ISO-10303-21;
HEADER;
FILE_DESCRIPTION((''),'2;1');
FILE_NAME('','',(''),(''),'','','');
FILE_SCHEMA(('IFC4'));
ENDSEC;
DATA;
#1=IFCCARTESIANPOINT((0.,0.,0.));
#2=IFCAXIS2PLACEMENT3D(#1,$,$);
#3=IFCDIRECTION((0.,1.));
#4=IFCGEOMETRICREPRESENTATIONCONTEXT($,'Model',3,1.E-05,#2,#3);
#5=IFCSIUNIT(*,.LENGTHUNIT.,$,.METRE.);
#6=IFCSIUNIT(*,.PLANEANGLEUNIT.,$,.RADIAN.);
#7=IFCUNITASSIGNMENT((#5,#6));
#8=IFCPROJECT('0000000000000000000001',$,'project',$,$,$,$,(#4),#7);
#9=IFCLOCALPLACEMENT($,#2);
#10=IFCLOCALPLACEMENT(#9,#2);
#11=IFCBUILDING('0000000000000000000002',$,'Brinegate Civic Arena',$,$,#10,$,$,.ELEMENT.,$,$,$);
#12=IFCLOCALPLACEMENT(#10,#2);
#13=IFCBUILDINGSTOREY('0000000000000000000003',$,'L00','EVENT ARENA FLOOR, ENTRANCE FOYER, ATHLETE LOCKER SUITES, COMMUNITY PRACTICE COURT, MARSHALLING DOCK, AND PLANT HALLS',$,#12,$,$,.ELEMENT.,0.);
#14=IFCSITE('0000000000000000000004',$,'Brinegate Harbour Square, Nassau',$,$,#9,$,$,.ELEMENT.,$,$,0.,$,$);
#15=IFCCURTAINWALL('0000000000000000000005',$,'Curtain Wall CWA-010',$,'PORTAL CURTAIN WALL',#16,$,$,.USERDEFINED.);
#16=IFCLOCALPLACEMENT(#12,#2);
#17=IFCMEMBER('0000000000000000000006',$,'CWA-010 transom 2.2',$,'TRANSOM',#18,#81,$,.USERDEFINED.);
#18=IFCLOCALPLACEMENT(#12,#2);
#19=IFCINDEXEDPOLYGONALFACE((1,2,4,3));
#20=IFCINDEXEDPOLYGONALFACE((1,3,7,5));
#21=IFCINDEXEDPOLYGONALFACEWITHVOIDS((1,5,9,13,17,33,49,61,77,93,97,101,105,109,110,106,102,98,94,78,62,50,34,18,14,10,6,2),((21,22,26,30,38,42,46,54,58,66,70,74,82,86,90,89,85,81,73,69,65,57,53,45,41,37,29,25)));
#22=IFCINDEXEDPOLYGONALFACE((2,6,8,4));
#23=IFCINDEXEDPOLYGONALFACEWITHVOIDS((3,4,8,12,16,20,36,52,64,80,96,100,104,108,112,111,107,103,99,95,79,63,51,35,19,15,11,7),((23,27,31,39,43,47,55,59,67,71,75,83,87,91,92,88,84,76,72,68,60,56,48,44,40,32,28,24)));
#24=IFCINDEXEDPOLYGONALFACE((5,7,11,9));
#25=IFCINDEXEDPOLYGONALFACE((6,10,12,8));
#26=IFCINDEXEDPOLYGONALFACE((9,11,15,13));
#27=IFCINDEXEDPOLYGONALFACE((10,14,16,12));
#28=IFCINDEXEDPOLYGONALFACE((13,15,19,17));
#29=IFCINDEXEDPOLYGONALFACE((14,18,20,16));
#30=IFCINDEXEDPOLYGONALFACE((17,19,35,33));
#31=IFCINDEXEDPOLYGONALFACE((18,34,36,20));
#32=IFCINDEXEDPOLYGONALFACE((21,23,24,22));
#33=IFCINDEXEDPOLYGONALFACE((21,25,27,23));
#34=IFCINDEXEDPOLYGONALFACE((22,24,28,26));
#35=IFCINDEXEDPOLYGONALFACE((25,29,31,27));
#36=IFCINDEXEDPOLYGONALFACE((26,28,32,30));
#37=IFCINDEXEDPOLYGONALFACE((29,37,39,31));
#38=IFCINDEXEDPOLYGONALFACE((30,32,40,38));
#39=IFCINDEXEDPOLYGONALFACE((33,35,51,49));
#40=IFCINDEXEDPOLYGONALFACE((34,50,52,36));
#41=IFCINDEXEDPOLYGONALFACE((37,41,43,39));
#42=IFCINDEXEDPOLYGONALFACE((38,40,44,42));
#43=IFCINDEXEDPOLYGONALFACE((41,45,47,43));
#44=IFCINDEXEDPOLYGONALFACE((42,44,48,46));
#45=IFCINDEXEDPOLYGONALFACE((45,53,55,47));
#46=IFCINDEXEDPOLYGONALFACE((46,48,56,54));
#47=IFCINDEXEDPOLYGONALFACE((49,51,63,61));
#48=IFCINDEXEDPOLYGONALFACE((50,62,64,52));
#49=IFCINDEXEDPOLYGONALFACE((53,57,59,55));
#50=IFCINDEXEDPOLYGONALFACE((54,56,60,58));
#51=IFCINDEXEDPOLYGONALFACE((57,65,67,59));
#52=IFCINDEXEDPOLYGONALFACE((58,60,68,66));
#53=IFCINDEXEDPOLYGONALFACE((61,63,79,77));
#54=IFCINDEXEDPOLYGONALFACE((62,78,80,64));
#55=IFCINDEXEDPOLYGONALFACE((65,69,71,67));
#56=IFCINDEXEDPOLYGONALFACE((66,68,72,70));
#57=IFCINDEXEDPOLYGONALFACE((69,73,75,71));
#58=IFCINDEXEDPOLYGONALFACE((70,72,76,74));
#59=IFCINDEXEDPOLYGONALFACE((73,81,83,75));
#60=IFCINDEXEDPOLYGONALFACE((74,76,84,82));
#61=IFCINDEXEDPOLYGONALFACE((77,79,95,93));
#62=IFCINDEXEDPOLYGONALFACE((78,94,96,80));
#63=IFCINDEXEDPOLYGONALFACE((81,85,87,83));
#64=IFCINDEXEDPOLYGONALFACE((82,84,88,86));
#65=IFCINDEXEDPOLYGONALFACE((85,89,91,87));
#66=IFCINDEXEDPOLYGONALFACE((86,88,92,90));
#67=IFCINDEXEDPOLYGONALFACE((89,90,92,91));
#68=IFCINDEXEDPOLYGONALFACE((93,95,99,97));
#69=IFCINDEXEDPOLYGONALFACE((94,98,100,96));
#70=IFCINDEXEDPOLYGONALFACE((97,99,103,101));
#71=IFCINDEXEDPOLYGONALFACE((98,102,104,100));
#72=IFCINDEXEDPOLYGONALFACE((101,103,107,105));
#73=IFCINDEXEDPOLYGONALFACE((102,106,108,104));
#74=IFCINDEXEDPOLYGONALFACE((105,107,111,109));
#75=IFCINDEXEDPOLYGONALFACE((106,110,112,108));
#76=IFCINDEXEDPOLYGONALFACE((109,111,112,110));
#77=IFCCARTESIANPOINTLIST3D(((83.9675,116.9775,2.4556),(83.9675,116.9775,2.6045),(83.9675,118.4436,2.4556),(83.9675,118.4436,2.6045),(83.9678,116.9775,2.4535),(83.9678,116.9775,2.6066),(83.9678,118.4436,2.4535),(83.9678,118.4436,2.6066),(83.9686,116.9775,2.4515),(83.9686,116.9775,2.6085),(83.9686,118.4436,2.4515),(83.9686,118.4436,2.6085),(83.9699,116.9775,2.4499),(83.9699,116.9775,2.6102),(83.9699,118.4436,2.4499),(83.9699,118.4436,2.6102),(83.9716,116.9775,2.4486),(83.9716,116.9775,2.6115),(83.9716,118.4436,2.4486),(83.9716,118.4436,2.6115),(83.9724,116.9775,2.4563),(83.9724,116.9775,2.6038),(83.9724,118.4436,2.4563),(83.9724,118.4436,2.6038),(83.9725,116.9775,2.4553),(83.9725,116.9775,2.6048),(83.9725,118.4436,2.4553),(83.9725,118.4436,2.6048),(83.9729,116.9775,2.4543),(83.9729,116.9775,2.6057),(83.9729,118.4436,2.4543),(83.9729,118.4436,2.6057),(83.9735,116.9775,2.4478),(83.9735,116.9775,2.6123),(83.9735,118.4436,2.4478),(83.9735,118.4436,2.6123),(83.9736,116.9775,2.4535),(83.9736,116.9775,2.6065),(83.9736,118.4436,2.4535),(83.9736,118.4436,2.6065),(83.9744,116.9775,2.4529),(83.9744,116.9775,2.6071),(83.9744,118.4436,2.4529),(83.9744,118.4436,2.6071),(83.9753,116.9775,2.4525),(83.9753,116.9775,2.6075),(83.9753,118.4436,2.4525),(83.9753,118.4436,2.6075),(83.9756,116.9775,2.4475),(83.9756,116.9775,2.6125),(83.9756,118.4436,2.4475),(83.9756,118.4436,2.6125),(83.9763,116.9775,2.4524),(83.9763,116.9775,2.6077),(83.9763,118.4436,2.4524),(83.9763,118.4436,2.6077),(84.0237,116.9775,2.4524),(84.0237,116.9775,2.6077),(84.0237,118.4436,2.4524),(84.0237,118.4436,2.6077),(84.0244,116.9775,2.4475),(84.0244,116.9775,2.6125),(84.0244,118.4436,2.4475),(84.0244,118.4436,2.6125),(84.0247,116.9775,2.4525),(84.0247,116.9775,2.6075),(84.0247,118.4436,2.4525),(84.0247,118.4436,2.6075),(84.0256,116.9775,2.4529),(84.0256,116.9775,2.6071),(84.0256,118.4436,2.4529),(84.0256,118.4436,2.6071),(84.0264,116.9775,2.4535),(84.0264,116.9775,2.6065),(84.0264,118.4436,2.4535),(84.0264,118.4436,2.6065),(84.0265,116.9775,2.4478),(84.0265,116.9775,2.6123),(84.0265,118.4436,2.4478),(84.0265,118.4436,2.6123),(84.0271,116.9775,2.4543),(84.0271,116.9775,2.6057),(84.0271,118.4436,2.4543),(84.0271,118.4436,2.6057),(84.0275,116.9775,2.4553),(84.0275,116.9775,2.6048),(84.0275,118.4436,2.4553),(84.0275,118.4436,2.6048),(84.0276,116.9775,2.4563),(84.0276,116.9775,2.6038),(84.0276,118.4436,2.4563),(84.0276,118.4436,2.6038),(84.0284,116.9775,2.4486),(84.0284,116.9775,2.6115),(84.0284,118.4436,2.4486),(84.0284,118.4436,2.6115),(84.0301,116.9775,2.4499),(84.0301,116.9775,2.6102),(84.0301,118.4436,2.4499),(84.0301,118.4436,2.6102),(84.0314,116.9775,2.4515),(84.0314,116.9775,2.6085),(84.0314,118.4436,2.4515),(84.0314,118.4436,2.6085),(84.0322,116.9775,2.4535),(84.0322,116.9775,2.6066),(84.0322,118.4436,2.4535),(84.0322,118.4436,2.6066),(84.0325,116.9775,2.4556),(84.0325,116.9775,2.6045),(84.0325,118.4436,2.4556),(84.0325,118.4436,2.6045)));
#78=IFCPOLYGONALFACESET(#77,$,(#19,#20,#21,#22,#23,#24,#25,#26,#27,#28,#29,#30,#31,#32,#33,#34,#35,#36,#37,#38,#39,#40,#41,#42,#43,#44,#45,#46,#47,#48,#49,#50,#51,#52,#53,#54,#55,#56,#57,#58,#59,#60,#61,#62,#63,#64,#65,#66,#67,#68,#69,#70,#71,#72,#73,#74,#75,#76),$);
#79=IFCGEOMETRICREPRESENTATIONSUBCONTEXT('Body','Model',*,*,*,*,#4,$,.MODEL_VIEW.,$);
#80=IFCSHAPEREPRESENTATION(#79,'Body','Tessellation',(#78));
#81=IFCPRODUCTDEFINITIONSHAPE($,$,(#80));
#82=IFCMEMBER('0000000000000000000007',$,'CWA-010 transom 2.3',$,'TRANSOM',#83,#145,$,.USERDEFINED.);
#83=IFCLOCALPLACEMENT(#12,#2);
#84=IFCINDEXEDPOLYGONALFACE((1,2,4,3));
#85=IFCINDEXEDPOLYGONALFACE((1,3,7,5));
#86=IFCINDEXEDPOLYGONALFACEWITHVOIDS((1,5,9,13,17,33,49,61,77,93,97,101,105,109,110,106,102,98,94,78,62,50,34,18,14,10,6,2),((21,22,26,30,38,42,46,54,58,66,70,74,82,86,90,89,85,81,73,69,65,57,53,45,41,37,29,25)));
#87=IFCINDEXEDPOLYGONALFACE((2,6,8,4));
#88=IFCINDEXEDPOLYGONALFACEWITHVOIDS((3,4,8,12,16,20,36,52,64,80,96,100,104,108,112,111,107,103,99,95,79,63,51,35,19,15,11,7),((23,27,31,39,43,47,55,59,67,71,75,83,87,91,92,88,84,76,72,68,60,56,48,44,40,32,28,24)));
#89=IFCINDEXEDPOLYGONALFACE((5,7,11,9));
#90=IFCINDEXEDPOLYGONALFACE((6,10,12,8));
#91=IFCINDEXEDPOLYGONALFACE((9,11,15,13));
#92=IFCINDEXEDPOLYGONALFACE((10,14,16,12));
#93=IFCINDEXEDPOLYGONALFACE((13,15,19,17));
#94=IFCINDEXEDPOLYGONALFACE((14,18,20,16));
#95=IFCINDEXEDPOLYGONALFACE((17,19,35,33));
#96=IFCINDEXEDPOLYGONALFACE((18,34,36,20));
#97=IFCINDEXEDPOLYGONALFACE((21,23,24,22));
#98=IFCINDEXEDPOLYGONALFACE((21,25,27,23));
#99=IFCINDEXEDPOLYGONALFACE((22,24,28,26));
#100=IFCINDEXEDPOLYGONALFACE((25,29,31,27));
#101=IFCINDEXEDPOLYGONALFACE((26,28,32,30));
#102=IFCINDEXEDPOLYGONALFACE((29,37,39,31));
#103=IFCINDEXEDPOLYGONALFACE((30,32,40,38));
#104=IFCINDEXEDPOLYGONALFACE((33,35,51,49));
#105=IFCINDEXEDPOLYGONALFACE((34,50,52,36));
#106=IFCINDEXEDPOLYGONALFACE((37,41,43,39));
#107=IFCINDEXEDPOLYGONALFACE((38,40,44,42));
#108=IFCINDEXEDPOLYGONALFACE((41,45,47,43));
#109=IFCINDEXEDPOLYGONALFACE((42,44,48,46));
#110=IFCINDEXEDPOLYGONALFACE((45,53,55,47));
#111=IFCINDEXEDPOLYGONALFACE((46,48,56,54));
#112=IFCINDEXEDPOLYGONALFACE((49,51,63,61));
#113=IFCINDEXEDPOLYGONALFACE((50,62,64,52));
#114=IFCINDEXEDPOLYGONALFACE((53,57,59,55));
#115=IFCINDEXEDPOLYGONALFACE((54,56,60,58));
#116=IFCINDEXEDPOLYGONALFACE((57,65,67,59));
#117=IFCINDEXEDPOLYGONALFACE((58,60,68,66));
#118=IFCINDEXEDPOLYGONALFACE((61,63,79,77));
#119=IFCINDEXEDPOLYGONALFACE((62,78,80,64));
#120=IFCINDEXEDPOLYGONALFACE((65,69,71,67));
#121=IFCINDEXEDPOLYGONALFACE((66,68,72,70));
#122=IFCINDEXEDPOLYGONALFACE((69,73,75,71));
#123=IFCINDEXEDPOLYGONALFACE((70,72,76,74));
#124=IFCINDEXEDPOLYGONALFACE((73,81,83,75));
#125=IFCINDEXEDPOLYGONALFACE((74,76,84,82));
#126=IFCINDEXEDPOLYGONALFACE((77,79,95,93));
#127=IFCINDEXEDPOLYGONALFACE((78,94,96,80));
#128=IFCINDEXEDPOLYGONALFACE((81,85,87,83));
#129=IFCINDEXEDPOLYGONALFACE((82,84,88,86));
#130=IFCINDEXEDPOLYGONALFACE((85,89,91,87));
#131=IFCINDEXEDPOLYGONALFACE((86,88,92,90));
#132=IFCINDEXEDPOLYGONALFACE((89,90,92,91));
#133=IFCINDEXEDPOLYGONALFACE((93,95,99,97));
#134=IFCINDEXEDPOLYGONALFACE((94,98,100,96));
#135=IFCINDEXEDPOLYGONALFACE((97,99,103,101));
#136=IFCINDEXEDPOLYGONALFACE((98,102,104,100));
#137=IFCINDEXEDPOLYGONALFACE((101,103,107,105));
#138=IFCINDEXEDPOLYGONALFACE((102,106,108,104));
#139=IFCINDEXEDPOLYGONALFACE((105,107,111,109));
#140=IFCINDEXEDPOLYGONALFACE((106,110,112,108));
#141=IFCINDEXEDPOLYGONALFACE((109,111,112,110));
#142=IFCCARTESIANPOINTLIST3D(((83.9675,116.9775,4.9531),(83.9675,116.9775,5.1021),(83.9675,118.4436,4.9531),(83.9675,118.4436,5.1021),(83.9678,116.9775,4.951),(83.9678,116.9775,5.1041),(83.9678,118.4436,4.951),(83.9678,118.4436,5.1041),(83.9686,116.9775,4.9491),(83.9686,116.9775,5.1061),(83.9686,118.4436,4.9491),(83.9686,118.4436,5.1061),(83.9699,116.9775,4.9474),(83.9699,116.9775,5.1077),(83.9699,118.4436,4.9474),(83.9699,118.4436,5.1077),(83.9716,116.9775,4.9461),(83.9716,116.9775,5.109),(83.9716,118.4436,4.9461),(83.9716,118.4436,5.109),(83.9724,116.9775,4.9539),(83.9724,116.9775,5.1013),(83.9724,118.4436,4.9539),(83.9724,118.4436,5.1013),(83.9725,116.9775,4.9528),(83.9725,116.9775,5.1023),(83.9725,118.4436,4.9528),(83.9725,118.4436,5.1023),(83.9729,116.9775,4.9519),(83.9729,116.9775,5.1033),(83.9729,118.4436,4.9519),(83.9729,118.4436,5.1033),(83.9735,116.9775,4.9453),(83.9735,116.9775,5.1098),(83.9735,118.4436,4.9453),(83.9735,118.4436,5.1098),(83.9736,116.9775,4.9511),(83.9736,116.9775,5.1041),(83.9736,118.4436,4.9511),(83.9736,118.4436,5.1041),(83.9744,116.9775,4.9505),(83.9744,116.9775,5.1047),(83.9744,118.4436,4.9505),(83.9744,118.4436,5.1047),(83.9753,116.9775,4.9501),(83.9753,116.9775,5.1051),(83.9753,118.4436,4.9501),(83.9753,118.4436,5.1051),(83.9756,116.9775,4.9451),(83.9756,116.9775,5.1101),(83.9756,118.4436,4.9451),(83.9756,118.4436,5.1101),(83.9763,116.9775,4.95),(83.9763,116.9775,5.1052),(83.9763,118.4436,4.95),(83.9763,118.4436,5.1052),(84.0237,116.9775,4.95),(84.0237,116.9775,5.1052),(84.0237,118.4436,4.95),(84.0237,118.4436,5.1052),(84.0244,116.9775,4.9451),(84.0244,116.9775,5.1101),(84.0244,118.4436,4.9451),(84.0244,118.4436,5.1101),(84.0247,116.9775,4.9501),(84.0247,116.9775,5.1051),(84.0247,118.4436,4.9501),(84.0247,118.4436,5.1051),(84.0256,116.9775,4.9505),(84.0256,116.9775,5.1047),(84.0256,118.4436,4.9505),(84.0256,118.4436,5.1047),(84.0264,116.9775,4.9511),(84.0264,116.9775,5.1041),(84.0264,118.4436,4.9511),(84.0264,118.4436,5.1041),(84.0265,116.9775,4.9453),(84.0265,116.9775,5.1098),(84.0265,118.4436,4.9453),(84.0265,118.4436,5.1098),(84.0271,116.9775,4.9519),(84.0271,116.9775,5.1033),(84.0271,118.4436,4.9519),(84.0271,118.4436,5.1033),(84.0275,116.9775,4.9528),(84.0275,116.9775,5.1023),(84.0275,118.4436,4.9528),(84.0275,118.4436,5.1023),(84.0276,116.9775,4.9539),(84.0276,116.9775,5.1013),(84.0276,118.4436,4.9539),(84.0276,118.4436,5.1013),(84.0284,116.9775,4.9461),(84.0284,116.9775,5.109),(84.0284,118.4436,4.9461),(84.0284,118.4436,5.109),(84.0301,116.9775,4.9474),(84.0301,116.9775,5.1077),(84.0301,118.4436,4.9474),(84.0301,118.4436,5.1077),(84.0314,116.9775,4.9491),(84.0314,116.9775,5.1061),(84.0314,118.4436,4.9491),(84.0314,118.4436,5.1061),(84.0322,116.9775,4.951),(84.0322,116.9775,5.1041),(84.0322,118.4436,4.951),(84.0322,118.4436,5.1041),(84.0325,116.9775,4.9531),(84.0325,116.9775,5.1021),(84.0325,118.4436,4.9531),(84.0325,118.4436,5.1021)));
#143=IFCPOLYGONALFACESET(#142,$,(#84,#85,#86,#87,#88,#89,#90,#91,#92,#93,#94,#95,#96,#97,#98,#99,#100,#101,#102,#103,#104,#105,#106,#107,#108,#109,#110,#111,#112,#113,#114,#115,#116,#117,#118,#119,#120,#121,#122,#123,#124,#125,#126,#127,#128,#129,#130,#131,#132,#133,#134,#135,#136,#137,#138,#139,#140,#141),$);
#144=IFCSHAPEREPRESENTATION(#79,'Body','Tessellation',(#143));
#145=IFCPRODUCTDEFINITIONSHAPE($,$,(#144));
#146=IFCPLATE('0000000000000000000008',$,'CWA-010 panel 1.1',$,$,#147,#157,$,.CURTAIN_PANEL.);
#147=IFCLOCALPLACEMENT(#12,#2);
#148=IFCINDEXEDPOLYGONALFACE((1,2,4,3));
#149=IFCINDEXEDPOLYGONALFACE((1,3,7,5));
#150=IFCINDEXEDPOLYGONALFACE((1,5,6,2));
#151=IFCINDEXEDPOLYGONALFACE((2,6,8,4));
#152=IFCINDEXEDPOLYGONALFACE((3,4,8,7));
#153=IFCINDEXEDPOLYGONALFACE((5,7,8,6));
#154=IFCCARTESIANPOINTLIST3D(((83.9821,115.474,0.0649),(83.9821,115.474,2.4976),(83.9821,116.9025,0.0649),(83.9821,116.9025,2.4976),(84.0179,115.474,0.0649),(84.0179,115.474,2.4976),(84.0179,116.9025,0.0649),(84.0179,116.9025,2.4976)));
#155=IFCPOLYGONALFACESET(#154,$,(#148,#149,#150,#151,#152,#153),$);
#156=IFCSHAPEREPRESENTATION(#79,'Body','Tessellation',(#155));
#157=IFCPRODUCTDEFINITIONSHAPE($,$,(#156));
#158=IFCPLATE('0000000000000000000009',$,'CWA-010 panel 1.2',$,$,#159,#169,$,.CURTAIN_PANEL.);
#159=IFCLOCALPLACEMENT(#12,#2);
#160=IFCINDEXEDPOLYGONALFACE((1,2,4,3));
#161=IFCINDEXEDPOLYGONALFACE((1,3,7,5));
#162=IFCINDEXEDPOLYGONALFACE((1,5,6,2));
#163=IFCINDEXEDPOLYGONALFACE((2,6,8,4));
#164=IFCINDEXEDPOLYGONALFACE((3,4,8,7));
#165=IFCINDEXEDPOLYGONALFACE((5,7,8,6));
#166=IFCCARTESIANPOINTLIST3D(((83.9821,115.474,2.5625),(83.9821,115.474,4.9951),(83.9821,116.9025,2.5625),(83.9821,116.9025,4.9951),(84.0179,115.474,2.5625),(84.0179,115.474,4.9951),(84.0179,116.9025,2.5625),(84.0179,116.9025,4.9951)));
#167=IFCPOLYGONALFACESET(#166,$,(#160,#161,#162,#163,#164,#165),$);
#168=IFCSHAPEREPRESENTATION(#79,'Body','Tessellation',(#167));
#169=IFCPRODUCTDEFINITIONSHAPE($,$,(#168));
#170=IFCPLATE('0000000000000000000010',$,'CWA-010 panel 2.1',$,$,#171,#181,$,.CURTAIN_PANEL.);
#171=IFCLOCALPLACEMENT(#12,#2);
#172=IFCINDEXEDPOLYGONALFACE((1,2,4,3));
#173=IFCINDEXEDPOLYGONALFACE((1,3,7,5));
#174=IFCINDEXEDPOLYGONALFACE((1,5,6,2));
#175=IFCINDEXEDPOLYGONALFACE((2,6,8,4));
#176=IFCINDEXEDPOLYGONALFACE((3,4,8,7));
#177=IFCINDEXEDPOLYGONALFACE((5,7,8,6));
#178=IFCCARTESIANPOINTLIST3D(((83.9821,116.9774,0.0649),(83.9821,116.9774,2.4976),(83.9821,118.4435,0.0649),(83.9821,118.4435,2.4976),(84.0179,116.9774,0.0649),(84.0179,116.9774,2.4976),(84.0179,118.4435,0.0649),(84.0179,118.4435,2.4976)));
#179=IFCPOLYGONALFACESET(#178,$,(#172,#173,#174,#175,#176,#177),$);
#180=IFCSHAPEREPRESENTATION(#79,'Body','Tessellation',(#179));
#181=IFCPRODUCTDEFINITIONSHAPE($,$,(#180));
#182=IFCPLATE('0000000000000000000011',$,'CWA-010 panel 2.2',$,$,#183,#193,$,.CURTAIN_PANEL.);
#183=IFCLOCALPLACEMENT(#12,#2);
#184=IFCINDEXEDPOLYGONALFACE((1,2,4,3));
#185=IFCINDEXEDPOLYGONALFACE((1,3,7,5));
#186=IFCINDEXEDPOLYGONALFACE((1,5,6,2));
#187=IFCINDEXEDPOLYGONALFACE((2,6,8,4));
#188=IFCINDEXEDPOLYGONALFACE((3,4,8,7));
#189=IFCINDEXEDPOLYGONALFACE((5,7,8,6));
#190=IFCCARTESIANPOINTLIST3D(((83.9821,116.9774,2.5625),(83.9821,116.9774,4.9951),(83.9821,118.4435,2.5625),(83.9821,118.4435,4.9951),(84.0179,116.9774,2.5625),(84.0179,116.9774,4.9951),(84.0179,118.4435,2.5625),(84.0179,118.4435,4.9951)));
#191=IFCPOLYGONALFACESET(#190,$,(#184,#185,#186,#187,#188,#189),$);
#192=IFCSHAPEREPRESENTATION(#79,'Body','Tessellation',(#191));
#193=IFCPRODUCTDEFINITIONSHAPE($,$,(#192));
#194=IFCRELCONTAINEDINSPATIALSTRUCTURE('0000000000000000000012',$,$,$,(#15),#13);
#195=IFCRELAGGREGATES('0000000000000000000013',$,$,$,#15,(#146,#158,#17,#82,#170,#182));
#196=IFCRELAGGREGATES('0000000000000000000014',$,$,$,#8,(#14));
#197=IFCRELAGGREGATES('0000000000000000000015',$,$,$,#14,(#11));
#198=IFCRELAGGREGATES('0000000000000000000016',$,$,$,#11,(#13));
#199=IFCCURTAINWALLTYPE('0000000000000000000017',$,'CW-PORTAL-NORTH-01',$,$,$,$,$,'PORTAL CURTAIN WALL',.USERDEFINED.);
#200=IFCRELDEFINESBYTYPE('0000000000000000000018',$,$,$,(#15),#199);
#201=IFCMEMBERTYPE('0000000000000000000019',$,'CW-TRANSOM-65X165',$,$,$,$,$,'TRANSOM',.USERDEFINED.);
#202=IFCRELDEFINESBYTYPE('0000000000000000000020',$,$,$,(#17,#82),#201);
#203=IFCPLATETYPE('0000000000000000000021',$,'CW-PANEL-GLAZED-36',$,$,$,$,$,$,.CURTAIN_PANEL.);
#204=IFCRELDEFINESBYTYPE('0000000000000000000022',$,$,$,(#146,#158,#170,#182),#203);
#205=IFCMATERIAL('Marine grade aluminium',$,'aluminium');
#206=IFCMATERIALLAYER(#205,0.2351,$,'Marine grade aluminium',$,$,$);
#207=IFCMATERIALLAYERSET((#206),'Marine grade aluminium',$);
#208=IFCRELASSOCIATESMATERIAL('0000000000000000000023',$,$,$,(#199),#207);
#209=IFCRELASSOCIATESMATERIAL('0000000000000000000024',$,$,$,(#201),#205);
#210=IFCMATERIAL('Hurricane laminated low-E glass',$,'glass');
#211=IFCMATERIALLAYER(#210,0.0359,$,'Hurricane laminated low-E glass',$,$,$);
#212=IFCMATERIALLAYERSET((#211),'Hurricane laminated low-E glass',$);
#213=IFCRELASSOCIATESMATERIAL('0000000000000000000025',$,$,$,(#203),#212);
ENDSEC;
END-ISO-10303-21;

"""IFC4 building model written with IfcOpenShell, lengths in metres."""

from ifc_helpers import new_model, si_unit, direction, frame, origin, origin_2d, place, context, subcontext, project, spatial, rectangle, hollow_rectangle, extrude, material, layer, layer_set, material_profile, profile_set, type_object, element, aggregate, save


model = new_model("IFC4")

# Units and contexts
model_context = context("Model", 3, precision=1e-05, world=origin(), true_north=direction((0.0, 1.0)))
body_context = subcontext(model_context, "Body", "Model", "MODEL_VIEW")
ifc_project = project(units=[si_unit("LENGTHUNIT", "METRE"), si_unit("PLANEANGLEUNIT", "RADIAN")], contexts=[model_context])

# Site, building, storey
site_placement = place(None, origin())
site = spatial("IfcSite", under=ifc_project, at=site_placement, Name="Brinegate Harbour Square, Nassau", CompositionType="ELEMENT", RefElevation=0.0)
building_placement = place(site_placement, origin())
building = spatial("IfcBuilding", under=site, at=building_placement, Name="Brinegate Civic Arena", CompositionType="ELEMENT")
storey_placement = place(building_placement, origin())
storey = spatial("IfcBuildingStorey", under=building, at=storey_placement, Name="L00", Description="EVENT ARENA FLOOR, ENTRANCE FOYER, ATHLETE LOCKER SUITES, COMMUNITY PRACTICE COURT, MARSHALLING DOCK, AND PLANT HALLS", CompositionType="ELEMENT", Elevation=0.0)

# Curtain wall, members, plates
ifc_material_1 = material(Name="Marine grade aluminium", Category="aluminium")
ifc_layer_1 = layer(ifc_material_1, 0.2351, Name="Marine grade aluminium")
ifc_layer_set_1 = layer_set([ifc_layer_1], Name="Marine grade aluminium")
curtain_wall_type = type_object("IfcCurtainWallType", Name="CW-PORTAL-NORTH-01", ElementType="PORTAL CURTAIN WALL", PredefinedType="USERDEFINED", material=ifc_layer_set_1)
curtain_wall_placement = place(storey_placement, origin())
curtain_wall = element("IfcCurtainWall", 1, at=curtain_wall_placement, inside=storey, type_object=curtain_wall_type, Name="Curtain Wall CWA-010", ObjectType="PORTAL CURTAIN WALL", PredefinedType="USERDEFINED")
ifc_material_profile_1 = material_profile(ifc_material_1, hollow_rectangle(XDim=0.0649, YDim=0.165, WallThickness=0.0049, InnerFilletRadius=0.0039, OuterFilletRadius=0.0081, at=origin_2d()), Name="TRN65X165")
ifc_profile_set_1 = profile_set([ifc_material_profile_1], Name="Marine grade aluminium")
member_type_1 = type_object("IfcMemberType", Name="CW-TRANSOM-65X165", ElementType="TRANSOM", PredefinedType="USERDEFINED", material=ifc_profile_set_1)
member_1_placement = place(storey_placement, frame((84.0, 116.9775, 2.53), z_axis=(0.0, 1.0, 0.0), x_axis=(-1.0, 0.0, 0.0)))
member_1 = element("IfcMember", 2, at=member_1_placement, type_object=member_type_1, Name="CWA-010 transom 2.2", ObjectType="TRANSOM", PredefinedType="USERDEFINED", context=body_context, shape_type="SweptSolid", body=[
    extrude(hollow_rectangle(XDim=0.0649, YDim=0.165, WallThickness=0.0049, InnerFilletRadius=0.0039, OuterFilletRadius=0.0081, at=origin_2d()), origin(), (0.0, 0.0, 1.0), 1.4661),
])
member_2_placement = place(storey_placement, frame((84.0, 116.9775, 5.0276), z_axis=(0.0, 1.0, 0.0), x_axis=(-1.0, 0.0, 0.0)))
member_2 = element("IfcMember", 3, at=member_2_placement, type_object=member_type_1, Name="CWA-010 transom 2.3", ObjectType="TRANSOM", PredefinedType="USERDEFINED", context=body_context, shape_type="SweptSolid", body=[
    extrude(hollow_rectangle(XDim=0.0649, YDim=0.165, WallThickness=0.0049, InnerFilletRadius=0.0039, OuterFilletRadius=0.0081, at=origin_2d()), origin(), (0.0, 0.0, 1.0), 1.4661),
])
ifc_material_2 = material(Name="Hurricane laminated low-E glass", Category="glass")
ifc_layer_2 = layer(ifc_material_2, 0.0359, Name="Hurricane laminated low-E glass")
ifc_layer_set_2 = layer_set([ifc_layer_2], Name="Hurricane laminated low-E glass")
plate_type = type_object("IfcPlateType", Name="CW-PANEL-GLAZED-36", PredefinedType="CURTAIN_PANEL", material=ifc_layer_set_2)
plate_1_placement = place(storey_placement, frame((84.0, 116.1882, 0.0649), z_axis=(0.0, 0.0, 1.0), x_axis=(0.0, 1.0, 0.0)))
plate_1 = element("IfcPlate", 4, at=plate_1_placement, type_object=plate_type, Name="CWA-010 panel 1.1", PredefinedType="CURTAIN_PANEL", context=body_context, shape_type="SweptSolid", body=[
    extrude(rectangle(XDim=1.4285, YDim=0.0359, at=origin_2d()), origin(), (0.0, 0.0, 1.0), 2.4326),
])
plate_2_placement = place(storey_placement, frame((84.0, 116.1882, 2.5625), z_axis=(0.0, 0.0, 1.0), x_axis=(0.0, 1.0, 0.0)))
plate_2 = element("IfcPlate", 5, at=plate_2_placement, type_object=plate_type, Name="CWA-010 panel 1.2", PredefinedType="CURTAIN_PANEL", context=body_context, shape_type="SweptSolid", body=[
    extrude(rectangle(XDim=1.4285, YDim=0.0359, at=origin_2d()), origin(), (0.0, 0.0, 1.0), 2.4326),
])
plate_3_placement = place(storey_placement, frame((84.0, 117.7104, 0.0649), z_axis=(0.0, 0.0, 1.0), x_axis=(0.0, 1.0, 0.0)))
plate_3 = element("IfcPlate", 6, at=plate_3_placement, type_object=plate_type, Name="CWA-010 panel 2.1", PredefinedType="CURTAIN_PANEL", context=body_context, shape_type="SweptSolid", body=[
    extrude(rectangle(XDim=1.4661, YDim=0.0359, at=origin_2d()), origin(), (0.0, 0.0, 1.0), 2.4326),
])
plate_4_placement = place(storey_placement, frame((84.0, 117.7104, 2.5625), z_axis=(0.0, 0.0, 1.0), x_axis=(0.0, 1.0, 0.0)))
plate_4 = element("IfcPlate", 7, at=plate_4_placement, type_object=plate_type, Name="CWA-010 panel 2.2", PredefinedType="CURTAIN_PANEL", context=body_context, shape_type="SweptSolid", body=[
    extrude(rectangle(XDim=1.4661, YDim=0.0359, at=origin_2d()), origin(), (0.0, 0.0, 1.0), 2.4326),
])
aggregate(curtain_wall, [plate_1, plate_2, member_1, member_2, plate_3, plate_4])

save(model, "model.ifc")
